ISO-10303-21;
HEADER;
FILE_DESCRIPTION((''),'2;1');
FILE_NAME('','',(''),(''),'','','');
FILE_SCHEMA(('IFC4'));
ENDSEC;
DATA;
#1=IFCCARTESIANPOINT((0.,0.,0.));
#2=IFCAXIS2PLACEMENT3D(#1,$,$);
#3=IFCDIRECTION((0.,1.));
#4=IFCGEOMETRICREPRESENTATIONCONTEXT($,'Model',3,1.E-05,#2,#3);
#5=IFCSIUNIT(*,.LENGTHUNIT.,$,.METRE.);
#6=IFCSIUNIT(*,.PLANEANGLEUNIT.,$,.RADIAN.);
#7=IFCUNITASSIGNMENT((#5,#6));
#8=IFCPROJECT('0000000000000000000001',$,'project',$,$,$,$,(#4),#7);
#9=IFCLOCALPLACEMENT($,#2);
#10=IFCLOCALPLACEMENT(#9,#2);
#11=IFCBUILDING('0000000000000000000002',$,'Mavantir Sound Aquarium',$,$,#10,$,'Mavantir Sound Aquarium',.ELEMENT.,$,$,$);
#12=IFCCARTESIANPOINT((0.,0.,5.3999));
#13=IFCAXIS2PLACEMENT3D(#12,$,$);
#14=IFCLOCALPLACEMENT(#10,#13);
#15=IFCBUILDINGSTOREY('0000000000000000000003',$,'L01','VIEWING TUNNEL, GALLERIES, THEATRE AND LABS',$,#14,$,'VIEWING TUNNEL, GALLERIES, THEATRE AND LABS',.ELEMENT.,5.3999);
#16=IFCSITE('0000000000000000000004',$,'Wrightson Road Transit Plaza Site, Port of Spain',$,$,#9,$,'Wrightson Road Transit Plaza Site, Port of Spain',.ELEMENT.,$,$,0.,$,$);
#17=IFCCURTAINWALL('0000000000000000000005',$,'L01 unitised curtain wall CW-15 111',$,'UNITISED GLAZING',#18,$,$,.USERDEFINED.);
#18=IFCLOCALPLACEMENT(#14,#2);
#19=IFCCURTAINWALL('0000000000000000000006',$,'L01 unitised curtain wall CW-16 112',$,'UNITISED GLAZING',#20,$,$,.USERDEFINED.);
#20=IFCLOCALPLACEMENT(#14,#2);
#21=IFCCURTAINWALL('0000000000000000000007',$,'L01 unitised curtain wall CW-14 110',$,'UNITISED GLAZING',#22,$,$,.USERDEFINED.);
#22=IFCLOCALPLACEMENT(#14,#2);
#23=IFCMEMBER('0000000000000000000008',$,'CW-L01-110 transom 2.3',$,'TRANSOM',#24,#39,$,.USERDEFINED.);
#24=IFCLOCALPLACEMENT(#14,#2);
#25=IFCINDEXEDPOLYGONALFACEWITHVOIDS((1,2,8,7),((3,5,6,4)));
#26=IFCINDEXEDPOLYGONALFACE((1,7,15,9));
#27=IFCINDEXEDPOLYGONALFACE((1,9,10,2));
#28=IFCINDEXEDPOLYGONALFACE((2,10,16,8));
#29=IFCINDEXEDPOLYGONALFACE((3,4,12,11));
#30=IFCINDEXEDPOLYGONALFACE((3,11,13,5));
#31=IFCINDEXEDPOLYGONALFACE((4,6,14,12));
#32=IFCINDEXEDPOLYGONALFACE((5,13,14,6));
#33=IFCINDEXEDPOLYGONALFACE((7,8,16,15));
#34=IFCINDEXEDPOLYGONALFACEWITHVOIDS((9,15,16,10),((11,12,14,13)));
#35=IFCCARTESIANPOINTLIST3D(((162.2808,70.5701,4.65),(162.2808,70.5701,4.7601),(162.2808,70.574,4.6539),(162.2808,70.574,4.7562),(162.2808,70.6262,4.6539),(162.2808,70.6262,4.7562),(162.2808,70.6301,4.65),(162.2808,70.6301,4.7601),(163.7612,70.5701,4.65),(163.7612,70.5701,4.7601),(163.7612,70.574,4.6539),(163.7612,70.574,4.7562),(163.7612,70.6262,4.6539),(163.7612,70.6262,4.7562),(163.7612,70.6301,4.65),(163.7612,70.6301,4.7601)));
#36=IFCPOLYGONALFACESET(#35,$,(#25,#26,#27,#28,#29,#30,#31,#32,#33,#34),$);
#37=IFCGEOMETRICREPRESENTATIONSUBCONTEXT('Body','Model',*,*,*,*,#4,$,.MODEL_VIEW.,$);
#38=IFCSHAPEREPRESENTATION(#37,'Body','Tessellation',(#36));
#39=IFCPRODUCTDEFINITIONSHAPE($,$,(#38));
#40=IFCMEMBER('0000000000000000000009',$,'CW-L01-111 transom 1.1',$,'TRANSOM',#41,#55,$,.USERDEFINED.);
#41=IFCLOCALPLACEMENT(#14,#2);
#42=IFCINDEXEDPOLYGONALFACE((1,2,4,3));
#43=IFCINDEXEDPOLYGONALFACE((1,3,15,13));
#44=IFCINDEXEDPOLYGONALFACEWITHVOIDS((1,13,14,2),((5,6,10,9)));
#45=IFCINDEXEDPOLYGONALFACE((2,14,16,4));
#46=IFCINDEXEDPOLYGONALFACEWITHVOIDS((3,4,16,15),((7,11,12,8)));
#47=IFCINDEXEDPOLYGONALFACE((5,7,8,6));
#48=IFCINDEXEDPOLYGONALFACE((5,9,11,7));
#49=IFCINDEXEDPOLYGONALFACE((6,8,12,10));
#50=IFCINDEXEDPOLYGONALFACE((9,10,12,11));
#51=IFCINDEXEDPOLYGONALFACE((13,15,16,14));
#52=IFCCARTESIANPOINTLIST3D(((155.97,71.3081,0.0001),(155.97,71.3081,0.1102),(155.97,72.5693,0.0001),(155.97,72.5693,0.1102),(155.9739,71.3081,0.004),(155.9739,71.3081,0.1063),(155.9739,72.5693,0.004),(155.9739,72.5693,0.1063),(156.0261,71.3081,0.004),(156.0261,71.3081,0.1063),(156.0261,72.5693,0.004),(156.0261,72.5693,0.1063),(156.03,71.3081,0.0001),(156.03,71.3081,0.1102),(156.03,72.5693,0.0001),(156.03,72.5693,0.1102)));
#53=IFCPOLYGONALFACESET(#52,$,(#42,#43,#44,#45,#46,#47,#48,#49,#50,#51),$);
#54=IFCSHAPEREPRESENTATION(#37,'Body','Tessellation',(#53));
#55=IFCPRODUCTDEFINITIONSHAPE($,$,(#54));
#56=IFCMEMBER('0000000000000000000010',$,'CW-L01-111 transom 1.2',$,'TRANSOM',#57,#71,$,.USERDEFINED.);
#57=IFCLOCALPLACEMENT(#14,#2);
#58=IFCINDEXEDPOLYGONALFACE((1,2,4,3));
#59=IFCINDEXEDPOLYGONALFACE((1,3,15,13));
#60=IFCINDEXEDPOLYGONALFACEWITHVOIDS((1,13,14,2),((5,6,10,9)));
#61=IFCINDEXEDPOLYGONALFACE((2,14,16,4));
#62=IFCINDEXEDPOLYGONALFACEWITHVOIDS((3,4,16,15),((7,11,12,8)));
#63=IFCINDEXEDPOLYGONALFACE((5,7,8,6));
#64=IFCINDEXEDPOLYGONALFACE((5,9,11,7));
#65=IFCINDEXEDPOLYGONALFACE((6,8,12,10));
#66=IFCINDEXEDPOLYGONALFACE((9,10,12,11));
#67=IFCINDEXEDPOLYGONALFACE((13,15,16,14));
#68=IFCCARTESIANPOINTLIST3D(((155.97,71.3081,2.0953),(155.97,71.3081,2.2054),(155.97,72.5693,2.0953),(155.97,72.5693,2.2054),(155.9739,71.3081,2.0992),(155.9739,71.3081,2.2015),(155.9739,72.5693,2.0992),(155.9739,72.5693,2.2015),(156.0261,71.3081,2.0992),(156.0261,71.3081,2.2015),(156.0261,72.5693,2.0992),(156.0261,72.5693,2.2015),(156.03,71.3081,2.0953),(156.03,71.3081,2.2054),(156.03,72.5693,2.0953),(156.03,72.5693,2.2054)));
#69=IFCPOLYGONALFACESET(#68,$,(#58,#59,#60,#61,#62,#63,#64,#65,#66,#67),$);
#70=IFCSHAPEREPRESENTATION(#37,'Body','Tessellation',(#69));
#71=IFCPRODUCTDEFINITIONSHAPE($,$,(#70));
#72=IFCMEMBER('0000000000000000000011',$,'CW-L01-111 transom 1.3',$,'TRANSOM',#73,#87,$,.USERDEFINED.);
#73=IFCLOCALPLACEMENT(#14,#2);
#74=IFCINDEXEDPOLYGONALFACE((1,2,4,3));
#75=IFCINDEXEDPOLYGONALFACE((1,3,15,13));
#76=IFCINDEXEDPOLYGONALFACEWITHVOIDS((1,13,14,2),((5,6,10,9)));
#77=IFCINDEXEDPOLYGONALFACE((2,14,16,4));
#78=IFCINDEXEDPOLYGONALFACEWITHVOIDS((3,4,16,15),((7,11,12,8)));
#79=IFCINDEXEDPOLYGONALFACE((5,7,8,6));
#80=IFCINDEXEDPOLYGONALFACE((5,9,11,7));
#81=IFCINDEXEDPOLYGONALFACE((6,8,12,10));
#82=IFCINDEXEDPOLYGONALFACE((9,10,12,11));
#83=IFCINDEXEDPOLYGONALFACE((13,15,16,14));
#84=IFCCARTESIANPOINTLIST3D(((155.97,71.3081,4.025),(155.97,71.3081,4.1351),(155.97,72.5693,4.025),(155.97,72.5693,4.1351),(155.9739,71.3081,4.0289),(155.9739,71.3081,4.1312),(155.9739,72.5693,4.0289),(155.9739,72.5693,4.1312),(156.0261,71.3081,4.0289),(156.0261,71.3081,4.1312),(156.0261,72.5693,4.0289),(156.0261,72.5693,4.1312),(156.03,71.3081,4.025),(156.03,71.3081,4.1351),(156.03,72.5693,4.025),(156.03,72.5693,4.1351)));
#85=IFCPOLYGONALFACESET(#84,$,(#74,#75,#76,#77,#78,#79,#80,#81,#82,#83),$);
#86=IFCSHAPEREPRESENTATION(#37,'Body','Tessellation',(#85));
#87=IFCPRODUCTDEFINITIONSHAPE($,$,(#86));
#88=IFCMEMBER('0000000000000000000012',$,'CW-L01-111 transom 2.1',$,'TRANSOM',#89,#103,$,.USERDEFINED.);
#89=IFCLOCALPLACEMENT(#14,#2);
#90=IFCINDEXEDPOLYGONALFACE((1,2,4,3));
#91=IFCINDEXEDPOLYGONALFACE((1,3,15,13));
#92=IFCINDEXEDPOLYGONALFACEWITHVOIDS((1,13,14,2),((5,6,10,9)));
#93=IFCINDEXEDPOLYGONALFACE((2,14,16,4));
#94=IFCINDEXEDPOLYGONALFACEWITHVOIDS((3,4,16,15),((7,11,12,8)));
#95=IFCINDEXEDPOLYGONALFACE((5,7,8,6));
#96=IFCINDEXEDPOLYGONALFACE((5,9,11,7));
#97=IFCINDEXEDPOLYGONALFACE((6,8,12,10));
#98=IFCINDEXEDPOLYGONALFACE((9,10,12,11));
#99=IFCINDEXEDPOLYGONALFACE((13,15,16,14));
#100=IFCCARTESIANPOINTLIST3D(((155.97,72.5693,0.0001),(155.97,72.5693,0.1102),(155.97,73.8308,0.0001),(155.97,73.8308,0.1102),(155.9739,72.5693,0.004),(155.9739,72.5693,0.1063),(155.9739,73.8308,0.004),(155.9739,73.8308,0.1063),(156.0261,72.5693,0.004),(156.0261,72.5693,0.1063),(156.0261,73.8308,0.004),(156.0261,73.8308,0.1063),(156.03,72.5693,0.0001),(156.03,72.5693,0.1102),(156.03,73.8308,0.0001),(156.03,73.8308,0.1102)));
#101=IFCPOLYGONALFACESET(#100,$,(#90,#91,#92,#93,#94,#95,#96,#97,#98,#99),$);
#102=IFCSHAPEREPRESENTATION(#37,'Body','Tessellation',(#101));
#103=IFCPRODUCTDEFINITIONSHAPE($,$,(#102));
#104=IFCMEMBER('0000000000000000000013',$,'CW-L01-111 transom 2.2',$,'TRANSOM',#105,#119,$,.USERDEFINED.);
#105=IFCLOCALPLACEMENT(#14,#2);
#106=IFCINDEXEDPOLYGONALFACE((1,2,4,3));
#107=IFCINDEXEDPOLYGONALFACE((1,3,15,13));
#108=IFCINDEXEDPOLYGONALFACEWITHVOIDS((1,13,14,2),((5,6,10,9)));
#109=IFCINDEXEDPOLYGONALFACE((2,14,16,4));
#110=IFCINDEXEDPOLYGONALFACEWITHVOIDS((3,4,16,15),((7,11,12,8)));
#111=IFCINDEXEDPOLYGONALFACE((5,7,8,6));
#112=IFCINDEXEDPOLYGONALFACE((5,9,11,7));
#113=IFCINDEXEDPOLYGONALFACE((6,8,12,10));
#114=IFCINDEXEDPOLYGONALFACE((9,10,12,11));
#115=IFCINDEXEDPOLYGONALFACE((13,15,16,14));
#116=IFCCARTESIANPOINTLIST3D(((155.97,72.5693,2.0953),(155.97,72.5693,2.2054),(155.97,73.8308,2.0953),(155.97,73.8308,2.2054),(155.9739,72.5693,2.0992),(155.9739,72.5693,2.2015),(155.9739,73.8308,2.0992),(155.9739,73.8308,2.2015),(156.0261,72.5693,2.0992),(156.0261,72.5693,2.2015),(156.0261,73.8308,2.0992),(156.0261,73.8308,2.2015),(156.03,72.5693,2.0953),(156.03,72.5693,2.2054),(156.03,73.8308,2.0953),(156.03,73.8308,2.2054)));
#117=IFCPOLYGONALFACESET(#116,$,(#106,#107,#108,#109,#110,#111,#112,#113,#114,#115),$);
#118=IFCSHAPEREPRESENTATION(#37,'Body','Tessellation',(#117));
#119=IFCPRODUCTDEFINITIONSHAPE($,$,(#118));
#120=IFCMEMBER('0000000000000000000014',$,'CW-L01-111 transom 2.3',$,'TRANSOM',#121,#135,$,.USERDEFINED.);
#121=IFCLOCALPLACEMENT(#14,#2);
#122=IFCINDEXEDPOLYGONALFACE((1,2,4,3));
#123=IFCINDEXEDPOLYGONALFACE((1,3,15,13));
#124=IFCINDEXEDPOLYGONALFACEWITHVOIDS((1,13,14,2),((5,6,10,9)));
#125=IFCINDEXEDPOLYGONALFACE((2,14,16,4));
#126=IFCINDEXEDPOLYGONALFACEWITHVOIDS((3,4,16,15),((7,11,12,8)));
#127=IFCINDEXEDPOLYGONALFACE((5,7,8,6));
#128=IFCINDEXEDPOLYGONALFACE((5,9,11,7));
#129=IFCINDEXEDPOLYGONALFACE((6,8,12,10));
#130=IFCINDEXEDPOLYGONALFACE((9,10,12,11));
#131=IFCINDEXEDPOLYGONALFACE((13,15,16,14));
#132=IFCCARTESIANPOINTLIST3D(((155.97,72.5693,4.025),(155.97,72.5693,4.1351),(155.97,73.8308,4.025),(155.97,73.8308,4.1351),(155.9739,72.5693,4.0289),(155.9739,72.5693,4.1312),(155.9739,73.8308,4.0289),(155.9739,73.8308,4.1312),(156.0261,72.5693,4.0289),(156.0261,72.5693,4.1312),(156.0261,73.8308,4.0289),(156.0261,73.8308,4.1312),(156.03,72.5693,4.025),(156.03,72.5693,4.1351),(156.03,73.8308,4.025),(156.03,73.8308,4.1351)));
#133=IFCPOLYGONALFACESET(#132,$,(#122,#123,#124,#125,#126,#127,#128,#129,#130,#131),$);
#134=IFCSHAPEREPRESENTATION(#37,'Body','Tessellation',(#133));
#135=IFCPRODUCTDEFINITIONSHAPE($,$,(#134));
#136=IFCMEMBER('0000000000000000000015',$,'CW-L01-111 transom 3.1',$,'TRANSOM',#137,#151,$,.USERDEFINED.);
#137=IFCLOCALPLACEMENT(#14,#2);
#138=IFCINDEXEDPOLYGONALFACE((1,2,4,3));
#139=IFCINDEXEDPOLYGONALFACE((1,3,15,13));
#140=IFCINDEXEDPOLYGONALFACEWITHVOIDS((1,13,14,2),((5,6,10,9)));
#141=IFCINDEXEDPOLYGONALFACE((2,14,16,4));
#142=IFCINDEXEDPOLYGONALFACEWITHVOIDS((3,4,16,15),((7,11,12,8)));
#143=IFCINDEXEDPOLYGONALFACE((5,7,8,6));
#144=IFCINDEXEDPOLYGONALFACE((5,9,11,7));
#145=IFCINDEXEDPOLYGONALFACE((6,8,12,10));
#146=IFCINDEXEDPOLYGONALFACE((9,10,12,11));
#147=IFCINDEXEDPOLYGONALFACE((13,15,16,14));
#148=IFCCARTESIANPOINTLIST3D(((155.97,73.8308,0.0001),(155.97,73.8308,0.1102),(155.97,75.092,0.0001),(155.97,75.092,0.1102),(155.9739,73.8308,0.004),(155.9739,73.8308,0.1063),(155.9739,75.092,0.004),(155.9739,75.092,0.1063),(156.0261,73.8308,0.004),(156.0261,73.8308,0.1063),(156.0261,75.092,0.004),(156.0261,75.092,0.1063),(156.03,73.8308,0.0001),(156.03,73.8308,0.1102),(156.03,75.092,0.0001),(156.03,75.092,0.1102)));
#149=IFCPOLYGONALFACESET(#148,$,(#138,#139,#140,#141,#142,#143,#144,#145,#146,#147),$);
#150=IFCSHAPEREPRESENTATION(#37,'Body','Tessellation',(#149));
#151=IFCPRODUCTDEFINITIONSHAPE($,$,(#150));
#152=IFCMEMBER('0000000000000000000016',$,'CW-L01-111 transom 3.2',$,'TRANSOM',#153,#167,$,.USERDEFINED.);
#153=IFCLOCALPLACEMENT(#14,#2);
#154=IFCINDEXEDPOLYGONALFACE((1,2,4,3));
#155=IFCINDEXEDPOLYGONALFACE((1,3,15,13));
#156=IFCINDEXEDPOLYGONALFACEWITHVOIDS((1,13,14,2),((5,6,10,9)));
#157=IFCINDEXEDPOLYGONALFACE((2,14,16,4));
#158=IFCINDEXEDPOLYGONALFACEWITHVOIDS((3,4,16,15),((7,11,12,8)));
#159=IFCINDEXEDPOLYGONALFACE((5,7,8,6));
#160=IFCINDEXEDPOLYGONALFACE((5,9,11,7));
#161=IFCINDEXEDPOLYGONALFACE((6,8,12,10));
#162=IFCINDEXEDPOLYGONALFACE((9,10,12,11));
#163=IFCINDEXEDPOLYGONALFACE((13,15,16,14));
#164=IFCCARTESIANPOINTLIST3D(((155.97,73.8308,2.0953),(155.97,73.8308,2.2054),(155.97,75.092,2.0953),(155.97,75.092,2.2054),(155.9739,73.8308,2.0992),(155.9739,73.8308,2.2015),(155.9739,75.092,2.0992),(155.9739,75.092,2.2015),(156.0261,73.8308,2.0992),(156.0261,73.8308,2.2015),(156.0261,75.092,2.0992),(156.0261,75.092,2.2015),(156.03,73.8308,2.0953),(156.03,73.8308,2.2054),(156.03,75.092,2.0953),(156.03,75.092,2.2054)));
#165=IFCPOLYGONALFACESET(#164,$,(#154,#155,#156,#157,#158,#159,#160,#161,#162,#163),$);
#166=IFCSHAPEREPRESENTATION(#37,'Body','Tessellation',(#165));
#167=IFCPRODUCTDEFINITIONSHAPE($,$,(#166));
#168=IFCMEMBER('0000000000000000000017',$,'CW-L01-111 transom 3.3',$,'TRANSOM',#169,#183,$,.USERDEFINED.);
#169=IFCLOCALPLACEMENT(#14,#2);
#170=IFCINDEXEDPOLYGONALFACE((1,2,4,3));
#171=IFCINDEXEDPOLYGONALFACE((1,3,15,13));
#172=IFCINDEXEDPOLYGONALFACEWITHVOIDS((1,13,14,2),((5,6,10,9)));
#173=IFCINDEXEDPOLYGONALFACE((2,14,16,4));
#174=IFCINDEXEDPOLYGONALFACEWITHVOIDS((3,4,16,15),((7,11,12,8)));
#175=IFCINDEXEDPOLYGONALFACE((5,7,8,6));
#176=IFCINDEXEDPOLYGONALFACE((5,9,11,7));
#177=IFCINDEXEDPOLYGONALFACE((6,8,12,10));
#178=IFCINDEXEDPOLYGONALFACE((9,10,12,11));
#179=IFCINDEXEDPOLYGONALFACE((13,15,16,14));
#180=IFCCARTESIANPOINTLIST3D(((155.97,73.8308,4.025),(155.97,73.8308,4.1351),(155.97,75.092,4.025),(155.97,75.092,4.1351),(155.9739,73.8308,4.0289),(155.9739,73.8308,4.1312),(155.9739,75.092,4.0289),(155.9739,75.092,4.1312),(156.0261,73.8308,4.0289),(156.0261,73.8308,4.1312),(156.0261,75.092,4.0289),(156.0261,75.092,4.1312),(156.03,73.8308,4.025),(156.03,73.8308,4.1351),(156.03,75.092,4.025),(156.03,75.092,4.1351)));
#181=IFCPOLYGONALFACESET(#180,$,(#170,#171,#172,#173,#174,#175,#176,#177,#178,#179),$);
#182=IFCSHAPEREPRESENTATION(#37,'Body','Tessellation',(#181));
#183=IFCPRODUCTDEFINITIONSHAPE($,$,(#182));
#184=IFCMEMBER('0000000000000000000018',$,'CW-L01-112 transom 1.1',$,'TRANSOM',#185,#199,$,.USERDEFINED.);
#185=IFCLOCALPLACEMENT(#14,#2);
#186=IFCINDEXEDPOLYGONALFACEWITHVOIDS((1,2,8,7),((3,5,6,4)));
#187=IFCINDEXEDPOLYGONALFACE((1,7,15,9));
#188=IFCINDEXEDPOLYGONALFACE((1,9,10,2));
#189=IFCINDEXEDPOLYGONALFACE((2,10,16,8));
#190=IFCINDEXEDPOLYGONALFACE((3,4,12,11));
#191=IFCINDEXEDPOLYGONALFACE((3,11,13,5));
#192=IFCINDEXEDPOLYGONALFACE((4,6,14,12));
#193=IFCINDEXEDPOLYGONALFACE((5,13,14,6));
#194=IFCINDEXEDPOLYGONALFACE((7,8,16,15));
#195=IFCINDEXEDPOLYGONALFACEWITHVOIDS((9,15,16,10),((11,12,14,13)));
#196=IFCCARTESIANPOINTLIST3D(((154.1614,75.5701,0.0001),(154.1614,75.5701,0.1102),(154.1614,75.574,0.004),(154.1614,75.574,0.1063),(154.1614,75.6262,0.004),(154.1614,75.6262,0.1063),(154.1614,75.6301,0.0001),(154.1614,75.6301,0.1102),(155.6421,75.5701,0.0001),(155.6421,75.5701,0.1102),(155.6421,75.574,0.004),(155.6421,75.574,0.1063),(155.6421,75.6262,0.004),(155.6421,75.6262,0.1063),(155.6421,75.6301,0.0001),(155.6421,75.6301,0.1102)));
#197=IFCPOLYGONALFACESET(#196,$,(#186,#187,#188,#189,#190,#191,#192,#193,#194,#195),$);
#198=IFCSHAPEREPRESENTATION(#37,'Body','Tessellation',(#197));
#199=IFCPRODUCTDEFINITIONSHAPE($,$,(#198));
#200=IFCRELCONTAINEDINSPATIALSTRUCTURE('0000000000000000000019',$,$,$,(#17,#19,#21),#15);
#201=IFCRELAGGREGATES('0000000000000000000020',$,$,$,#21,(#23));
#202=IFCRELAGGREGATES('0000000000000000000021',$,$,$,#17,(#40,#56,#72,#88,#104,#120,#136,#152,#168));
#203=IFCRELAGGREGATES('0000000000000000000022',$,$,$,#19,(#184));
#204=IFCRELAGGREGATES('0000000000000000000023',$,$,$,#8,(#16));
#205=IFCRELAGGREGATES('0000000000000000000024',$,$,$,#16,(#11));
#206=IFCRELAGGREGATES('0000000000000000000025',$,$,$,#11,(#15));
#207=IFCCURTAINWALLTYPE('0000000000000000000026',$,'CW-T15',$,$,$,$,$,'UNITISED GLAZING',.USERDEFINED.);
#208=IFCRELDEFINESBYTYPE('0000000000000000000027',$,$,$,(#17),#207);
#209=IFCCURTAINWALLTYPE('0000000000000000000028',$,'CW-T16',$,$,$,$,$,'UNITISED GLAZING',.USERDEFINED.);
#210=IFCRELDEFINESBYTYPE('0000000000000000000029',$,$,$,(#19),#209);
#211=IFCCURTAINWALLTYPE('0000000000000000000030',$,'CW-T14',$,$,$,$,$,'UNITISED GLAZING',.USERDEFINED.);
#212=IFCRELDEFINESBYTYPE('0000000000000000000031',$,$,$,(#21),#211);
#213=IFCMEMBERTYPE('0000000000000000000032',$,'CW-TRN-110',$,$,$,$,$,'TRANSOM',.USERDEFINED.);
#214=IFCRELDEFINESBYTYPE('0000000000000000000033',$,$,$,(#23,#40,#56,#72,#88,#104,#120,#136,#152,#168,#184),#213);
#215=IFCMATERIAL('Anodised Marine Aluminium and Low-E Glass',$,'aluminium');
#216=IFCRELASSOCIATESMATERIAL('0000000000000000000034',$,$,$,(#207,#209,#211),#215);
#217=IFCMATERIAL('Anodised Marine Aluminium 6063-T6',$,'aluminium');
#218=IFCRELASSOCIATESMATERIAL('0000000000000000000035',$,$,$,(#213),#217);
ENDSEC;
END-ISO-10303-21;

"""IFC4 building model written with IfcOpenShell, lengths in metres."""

from ifc_helpers import new_model, si_unit, direction, frame, origin, origin_2d, place, context, subcontext, project, spatial, hollow_rectangle, extrude, material, material_profile, profile_set, type_object, element, aggregate, save


model = new_model("IFC4")

# Units and contexts
model_context = context("Model", 3, precision=1e-05, world=origin(), true_north=direction((0.0, 1.0)))
body_context = subcontext(model_context, "Body", "Model", "MODEL_VIEW")
ifc_project = project(units=[si_unit("LENGTHUNIT", "METRE"), si_unit("PLANEANGLEUNIT", "RADIAN")], contexts=[model_context])

# Site, building, storey
site_placement = place(None, origin())
site = spatial("IfcSite", under=ifc_project, at=site_placement, Name="Wrightson Road Transit Plaza Site, Port of Spain", LongName="Wrightson Road Transit Plaza Site, Port of Spain", CompositionType="ELEMENT", RefElevation=0.0)
building_placement = place(site_placement, origin())
building = spatial("IfcBuilding", under=site, at=building_placement, Name="Mavantir Sound Aquarium", LongName="Mavantir Sound Aquarium", CompositionType="ELEMENT")
storey_placement = place(building_placement, frame((0.0, 0.0, 5.3999)))
storey = spatial("IfcBuildingStorey", under=building, at=storey_placement, Name="L01", Description="VIEWING TUNNEL, GALLERIES, THEATRE AND LABS", LongName="VIEWING TUNNEL, GALLERIES, THEATRE AND LABS", CompositionType="ELEMENT", Elevation=5.3999)

# Curtain wall
ifc_material_1 = material(Name="Anodised Marine Aluminium and Low-E Glass", Category="aluminium")
curtain_wall_type_1 = type_object("IfcCurtainWallType", Name="CW-T15", ElementType="UNITISED GLAZING", PredefinedType="USERDEFINED", material=ifc_material_1)
curtain_wall_1_placement = place(storey_placement, origin())
curtain_wall_1 = element("IfcCurtainWall", 1, at=curtain_wall_1_placement, inside=storey, type_object=curtain_wall_type_1, Name="L01 unitised curtain wall CW-15 111", ObjectType="UNITISED GLAZING", PredefinedType="USERDEFINED")
ifc_material_2 = material(Name="Anodised Marine Aluminium 6063-T6", Category="aluminium")

# Curtain wall
curtain_wall_type_2 = type_object("IfcCurtainWallType", Name="CW-T16", ElementType="UNITISED GLAZING", PredefinedType="USERDEFINED", material=ifc_material_1)
curtain_wall_2_placement = place(storey_placement, origin())
curtain_wall_2 = element("IfcCurtainWall", 2, at=curtain_wall_2_placement, inside=storey, type_object=curtain_wall_type_2, Name="L01 unitised curtain wall CW-16 112", ObjectType="UNITISED GLAZING", PredefinedType="USERDEFINED")

# Curtain wall, member
curtain_wall_type_3 = type_object("IfcCurtainWallType", Name="CW-T14", ElementType="UNITISED GLAZING", PredefinedType="USERDEFINED", material=ifc_material_1)
curtain_wall_3_placement = place(storey_placement, origin())
curtain_wall_3 = element("IfcCurtainWall", 3, at=curtain_wall_3_placement, inside=storey, type_object=curtain_wall_type_3, Name="L01 unitised curtain wall CW-14 110", ObjectType="UNITISED GLAZING", PredefinedType="USERDEFINED")
ifc_material_profile_1 = material_profile(ifc_material_2, hollow_rectangle(XDim=0.0601, YDim=0.1101, WallThickness=0.0039, at=origin_2d()), Name="ALU-TRANSOM-110X60")
ifc_profile_set_1 = profile_set([ifc_material_profile_1], Name="Anodised Marine Aluminium 6063-T6")
member_type_1 = type_object("IfcMemberType", Name="CW-TRN-110", ElementType="TRANSOM", PredefinedType="USERDEFINED", material=ifc_profile_set_1)
member_1_placement = place(storey_placement, frame((163.7612, 70.6001, 4.7051), z_axis=(-1.0, 0.0, 0.0), x_axis=(0.0, -1.0, 0.0)))
member_1 = element("IfcMember", 4, at=member_1_placement, type_object=member_type_1, Name="CW-L01-110 transom 2.3", ObjectType="TRANSOM", PredefinedType="USERDEFINED", context=body_context, shape_type="SweptSolid", body=[
    extrude(hollow_rectangle(XDim=0.0601, YDim=0.1101, WallThickness=0.0039, at=origin_2d()), origin(), (0.0, 0.0, 1.0), 1.4805),
])
aggregate(curtain_wall_3, [member_1])

# Members
member_2_placement = place(storey_placement, frame((156.0, 71.3081, 0.0552), z_axis=(0.0, 1.0, 0.0), x_axis=(-1.0, 0.0, 0.0)))
member_2 = element("IfcMember", 5, at=member_2_placement, type_object=member_type_1, Name="CW-L01-111 transom 1.1", ObjectType="TRANSOM", PredefinedType="USERDEFINED", context=body_context, shape_type="SweptSolid", body=[
    extrude(hollow_rectangle(XDim=0.0601, YDim=0.1101, WallThickness=0.0039, at=origin_2d()), origin(), (0.0, 0.0, 1.0), 1.2612),
])
member_3_placement = place(storey_placement, frame((156.0, 71.3081, 2.1504), z_axis=(0.0, 1.0, 0.0), x_axis=(-1.0, 0.0, 0.0)))
member_3 = element("IfcMember", 6, at=member_3_placement, type_object=member_type_1, Name="CW-L01-111 transom 1.2", ObjectType="TRANSOM", PredefinedType="USERDEFINED", context=body_context, shape_type="SweptSolid", body=[
    extrude(hollow_rectangle(XDim=0.0601, YDim=0.1101, WallThickness=0.0039, at=origin_2d()), origin(), (0.0, 0.0, 1.0), 1.2612),
])
member_4_placement = place(storey_placement, frame((156.0, 71.3081, 4.0801), z_axis=(0.0, 1.0, 0.0), x_axis=(-1.0, 0.0, 0.0)))
member_4 = element("IfcMember", 7, at=member_4_placement, type_object=member_type_1, Name="CW-L01-111 transom 1.3", ObjectType="TRANSOM", PredefinedType="USERDEFINED", context=body_context, shape_type="SweptSolid", body=[
    extrude(hollow_rectangle(XDim=0.0601, YDim=0.1101, WallThickness=0.0039, at=origin_2d()), origin(), (0.0, 0.0, 1.0), 1.2612),
])
member_5_placement = place(storey_placement, frame((156.0, 72.5693, 0.0552), z_axis=(0.0, 1.0, 0.0), x_axis=(-1.0, 0.0, 0.0)))
member_5 = element("IfcMember", 8, at=member_5_placement, type_object=member_type_1, Name="CW-L01-111 transom 2.1", ObjectType="TRANSOM", PredefinedType="USERDEFINED", context=body_context, shape_type="SweptSolid", body=[
    extrude(hollow_rectangle(XDim=0.0601, YDim=0.1101, WallThickness=0.0039, at=origin_2d()), origin(), (0.0, 0.0, 1.0), 1.2615),
])
member_6_placement = place(storey_placement, frame((156.0, 72.5693, 2.1504), z_axis=(0.0, 1.0, 0.0), x_axis=(-1.0, 0.0, 0.0)))
member_6 = element("IfcMember", 9, at=member_6_placement, type_object=member_type_1, Name="CW-L01-111 transom 2.2", ObjectType="TRANSOM", PredefinedType="USERDEFINED", context=body_context, shape_type="SweptSolid", body=[
    extrude(hollow_rectangle(XDim=0.0601, YDim=0.1101, WallThickness=0.0039, at=origin_2d()), origin(), (0.0, 0.0, 1.0), 1.2615),
])
member_7_placement = place(storey_placement, frame((156.0, 72.5693, 4.0801), z_axis=(0.0, 1.0, 0.0), x_axis=(-1.0, 0.0, 0.0)))
member_7 = element("IfcMember", 10, at=member_7_placement, type_object=member_type_1, Name="CW-L01-111 transom 2.3", ObjectType="TRANSOM", PredefinedType="USERDEFINED", context=body_context, shape_type="SweptSolid", body=[
    extrude(hollow_rectangle(XDim=0.0601, YDim=0.1101, WallThickness=0.0039, at=origin_2d()), origin(), (0.0, 0.0, 1.0), 1.2615),
])
member_8_placement = place(storey_placement, frame((156.0, 73.8308, 0.0552), z_axis=(0.0, 1.0, 0.0), x_axis=(-1.0, 0.0, 0.0)))
member_8 = element("IfcMember", 11, at=member_8_placement, type_object=member_type_1, Name="CW-L01-111 transom 3.1", ObjectType="TRANSOM", PredefinedType="USERDEFINED", context=body_context, shape_type="SweptSolid", body=[
    extrude(hollow_rectangle(XDim=0.0601, YDim=0.1101, WallThickness=0.0039, at=origin_2d()), origin(), (0.0, 0.0, 1.0), 1.2612),
])
member_9_placement = place(storey_placement, frame((156.0, 73.8308, 2.1504), z_axis=(0.0, 1.0, 0.0), x_axis=(-1.0, 0.0, 0.0)))
member_9 = element("IfcMember", 12, at=member_9_placement, type_object=member_type_1, Name="CW-L01-111 transom 3.2", ObjectType="TRANSOM", PredefinedType="USERDEFINED", context=body_context, shape_type="SweptSolid", body=[
    extrude(hollow_rectangle(XDim=0.0601, YDim=0.1101, WallThickness=0.0039, at=origin_2d()), origin(), (0.0, 0.0, 1.0), 1.2612),
])
member_10_placement = place(storey_placement, frame((156.0, 73.8308, 4.0801), z_axis=(0.0, 1.0, 0.0), x_axis=(-1.0, 0.0, 0.0)))
member_10 = element("IfcMember", 13, at=member_10_placement, type_object=member_type_1, Name="CW-L01-111 transom 3.3", ObjectType="TRANSOM", PredefinedType="USERDEFINED", context=body_context, shape_type="SweptSolid", body=[
    extrude(hollow_rectangle(XDim=0.0601, YDim=0.1101, WallThickness=0.0039, at=origin_2d()), origin(), (0.0, 0.0, 1.0), 1.2612),
])
member_11_placement = place(storey_placement, frame((155.6421, 75.6001, 0.0552), z_axis=(-1.0, 0.0, 0.0), x_axis=(0.0, -1.0, 0.0)))
member_11 = element("IfcMember", 14, at=member_11_placement, type_object=member_type_1, Name="CW-L01-112 transom 1.1", ObjectType="TRANSOM", PredefinedType="USERDEFINED", context=body_context, shape_type="SweptSolid", body=[
    extrude(hollow_rectangle(XDim=0.0601, YDim=0.1101, WallThickness=0.0039, at=origin_2d()), origin(), (0.0, 0.0, 1.0), 1.4807),
])

aggregate(curtain_wall_1, [member_2, member_3, member_4, member_5, member_6, member_7, member_8, member_9, member_10])
aggregate(curtain_wall_2, [member_11])

save(model, "model.ifc")
